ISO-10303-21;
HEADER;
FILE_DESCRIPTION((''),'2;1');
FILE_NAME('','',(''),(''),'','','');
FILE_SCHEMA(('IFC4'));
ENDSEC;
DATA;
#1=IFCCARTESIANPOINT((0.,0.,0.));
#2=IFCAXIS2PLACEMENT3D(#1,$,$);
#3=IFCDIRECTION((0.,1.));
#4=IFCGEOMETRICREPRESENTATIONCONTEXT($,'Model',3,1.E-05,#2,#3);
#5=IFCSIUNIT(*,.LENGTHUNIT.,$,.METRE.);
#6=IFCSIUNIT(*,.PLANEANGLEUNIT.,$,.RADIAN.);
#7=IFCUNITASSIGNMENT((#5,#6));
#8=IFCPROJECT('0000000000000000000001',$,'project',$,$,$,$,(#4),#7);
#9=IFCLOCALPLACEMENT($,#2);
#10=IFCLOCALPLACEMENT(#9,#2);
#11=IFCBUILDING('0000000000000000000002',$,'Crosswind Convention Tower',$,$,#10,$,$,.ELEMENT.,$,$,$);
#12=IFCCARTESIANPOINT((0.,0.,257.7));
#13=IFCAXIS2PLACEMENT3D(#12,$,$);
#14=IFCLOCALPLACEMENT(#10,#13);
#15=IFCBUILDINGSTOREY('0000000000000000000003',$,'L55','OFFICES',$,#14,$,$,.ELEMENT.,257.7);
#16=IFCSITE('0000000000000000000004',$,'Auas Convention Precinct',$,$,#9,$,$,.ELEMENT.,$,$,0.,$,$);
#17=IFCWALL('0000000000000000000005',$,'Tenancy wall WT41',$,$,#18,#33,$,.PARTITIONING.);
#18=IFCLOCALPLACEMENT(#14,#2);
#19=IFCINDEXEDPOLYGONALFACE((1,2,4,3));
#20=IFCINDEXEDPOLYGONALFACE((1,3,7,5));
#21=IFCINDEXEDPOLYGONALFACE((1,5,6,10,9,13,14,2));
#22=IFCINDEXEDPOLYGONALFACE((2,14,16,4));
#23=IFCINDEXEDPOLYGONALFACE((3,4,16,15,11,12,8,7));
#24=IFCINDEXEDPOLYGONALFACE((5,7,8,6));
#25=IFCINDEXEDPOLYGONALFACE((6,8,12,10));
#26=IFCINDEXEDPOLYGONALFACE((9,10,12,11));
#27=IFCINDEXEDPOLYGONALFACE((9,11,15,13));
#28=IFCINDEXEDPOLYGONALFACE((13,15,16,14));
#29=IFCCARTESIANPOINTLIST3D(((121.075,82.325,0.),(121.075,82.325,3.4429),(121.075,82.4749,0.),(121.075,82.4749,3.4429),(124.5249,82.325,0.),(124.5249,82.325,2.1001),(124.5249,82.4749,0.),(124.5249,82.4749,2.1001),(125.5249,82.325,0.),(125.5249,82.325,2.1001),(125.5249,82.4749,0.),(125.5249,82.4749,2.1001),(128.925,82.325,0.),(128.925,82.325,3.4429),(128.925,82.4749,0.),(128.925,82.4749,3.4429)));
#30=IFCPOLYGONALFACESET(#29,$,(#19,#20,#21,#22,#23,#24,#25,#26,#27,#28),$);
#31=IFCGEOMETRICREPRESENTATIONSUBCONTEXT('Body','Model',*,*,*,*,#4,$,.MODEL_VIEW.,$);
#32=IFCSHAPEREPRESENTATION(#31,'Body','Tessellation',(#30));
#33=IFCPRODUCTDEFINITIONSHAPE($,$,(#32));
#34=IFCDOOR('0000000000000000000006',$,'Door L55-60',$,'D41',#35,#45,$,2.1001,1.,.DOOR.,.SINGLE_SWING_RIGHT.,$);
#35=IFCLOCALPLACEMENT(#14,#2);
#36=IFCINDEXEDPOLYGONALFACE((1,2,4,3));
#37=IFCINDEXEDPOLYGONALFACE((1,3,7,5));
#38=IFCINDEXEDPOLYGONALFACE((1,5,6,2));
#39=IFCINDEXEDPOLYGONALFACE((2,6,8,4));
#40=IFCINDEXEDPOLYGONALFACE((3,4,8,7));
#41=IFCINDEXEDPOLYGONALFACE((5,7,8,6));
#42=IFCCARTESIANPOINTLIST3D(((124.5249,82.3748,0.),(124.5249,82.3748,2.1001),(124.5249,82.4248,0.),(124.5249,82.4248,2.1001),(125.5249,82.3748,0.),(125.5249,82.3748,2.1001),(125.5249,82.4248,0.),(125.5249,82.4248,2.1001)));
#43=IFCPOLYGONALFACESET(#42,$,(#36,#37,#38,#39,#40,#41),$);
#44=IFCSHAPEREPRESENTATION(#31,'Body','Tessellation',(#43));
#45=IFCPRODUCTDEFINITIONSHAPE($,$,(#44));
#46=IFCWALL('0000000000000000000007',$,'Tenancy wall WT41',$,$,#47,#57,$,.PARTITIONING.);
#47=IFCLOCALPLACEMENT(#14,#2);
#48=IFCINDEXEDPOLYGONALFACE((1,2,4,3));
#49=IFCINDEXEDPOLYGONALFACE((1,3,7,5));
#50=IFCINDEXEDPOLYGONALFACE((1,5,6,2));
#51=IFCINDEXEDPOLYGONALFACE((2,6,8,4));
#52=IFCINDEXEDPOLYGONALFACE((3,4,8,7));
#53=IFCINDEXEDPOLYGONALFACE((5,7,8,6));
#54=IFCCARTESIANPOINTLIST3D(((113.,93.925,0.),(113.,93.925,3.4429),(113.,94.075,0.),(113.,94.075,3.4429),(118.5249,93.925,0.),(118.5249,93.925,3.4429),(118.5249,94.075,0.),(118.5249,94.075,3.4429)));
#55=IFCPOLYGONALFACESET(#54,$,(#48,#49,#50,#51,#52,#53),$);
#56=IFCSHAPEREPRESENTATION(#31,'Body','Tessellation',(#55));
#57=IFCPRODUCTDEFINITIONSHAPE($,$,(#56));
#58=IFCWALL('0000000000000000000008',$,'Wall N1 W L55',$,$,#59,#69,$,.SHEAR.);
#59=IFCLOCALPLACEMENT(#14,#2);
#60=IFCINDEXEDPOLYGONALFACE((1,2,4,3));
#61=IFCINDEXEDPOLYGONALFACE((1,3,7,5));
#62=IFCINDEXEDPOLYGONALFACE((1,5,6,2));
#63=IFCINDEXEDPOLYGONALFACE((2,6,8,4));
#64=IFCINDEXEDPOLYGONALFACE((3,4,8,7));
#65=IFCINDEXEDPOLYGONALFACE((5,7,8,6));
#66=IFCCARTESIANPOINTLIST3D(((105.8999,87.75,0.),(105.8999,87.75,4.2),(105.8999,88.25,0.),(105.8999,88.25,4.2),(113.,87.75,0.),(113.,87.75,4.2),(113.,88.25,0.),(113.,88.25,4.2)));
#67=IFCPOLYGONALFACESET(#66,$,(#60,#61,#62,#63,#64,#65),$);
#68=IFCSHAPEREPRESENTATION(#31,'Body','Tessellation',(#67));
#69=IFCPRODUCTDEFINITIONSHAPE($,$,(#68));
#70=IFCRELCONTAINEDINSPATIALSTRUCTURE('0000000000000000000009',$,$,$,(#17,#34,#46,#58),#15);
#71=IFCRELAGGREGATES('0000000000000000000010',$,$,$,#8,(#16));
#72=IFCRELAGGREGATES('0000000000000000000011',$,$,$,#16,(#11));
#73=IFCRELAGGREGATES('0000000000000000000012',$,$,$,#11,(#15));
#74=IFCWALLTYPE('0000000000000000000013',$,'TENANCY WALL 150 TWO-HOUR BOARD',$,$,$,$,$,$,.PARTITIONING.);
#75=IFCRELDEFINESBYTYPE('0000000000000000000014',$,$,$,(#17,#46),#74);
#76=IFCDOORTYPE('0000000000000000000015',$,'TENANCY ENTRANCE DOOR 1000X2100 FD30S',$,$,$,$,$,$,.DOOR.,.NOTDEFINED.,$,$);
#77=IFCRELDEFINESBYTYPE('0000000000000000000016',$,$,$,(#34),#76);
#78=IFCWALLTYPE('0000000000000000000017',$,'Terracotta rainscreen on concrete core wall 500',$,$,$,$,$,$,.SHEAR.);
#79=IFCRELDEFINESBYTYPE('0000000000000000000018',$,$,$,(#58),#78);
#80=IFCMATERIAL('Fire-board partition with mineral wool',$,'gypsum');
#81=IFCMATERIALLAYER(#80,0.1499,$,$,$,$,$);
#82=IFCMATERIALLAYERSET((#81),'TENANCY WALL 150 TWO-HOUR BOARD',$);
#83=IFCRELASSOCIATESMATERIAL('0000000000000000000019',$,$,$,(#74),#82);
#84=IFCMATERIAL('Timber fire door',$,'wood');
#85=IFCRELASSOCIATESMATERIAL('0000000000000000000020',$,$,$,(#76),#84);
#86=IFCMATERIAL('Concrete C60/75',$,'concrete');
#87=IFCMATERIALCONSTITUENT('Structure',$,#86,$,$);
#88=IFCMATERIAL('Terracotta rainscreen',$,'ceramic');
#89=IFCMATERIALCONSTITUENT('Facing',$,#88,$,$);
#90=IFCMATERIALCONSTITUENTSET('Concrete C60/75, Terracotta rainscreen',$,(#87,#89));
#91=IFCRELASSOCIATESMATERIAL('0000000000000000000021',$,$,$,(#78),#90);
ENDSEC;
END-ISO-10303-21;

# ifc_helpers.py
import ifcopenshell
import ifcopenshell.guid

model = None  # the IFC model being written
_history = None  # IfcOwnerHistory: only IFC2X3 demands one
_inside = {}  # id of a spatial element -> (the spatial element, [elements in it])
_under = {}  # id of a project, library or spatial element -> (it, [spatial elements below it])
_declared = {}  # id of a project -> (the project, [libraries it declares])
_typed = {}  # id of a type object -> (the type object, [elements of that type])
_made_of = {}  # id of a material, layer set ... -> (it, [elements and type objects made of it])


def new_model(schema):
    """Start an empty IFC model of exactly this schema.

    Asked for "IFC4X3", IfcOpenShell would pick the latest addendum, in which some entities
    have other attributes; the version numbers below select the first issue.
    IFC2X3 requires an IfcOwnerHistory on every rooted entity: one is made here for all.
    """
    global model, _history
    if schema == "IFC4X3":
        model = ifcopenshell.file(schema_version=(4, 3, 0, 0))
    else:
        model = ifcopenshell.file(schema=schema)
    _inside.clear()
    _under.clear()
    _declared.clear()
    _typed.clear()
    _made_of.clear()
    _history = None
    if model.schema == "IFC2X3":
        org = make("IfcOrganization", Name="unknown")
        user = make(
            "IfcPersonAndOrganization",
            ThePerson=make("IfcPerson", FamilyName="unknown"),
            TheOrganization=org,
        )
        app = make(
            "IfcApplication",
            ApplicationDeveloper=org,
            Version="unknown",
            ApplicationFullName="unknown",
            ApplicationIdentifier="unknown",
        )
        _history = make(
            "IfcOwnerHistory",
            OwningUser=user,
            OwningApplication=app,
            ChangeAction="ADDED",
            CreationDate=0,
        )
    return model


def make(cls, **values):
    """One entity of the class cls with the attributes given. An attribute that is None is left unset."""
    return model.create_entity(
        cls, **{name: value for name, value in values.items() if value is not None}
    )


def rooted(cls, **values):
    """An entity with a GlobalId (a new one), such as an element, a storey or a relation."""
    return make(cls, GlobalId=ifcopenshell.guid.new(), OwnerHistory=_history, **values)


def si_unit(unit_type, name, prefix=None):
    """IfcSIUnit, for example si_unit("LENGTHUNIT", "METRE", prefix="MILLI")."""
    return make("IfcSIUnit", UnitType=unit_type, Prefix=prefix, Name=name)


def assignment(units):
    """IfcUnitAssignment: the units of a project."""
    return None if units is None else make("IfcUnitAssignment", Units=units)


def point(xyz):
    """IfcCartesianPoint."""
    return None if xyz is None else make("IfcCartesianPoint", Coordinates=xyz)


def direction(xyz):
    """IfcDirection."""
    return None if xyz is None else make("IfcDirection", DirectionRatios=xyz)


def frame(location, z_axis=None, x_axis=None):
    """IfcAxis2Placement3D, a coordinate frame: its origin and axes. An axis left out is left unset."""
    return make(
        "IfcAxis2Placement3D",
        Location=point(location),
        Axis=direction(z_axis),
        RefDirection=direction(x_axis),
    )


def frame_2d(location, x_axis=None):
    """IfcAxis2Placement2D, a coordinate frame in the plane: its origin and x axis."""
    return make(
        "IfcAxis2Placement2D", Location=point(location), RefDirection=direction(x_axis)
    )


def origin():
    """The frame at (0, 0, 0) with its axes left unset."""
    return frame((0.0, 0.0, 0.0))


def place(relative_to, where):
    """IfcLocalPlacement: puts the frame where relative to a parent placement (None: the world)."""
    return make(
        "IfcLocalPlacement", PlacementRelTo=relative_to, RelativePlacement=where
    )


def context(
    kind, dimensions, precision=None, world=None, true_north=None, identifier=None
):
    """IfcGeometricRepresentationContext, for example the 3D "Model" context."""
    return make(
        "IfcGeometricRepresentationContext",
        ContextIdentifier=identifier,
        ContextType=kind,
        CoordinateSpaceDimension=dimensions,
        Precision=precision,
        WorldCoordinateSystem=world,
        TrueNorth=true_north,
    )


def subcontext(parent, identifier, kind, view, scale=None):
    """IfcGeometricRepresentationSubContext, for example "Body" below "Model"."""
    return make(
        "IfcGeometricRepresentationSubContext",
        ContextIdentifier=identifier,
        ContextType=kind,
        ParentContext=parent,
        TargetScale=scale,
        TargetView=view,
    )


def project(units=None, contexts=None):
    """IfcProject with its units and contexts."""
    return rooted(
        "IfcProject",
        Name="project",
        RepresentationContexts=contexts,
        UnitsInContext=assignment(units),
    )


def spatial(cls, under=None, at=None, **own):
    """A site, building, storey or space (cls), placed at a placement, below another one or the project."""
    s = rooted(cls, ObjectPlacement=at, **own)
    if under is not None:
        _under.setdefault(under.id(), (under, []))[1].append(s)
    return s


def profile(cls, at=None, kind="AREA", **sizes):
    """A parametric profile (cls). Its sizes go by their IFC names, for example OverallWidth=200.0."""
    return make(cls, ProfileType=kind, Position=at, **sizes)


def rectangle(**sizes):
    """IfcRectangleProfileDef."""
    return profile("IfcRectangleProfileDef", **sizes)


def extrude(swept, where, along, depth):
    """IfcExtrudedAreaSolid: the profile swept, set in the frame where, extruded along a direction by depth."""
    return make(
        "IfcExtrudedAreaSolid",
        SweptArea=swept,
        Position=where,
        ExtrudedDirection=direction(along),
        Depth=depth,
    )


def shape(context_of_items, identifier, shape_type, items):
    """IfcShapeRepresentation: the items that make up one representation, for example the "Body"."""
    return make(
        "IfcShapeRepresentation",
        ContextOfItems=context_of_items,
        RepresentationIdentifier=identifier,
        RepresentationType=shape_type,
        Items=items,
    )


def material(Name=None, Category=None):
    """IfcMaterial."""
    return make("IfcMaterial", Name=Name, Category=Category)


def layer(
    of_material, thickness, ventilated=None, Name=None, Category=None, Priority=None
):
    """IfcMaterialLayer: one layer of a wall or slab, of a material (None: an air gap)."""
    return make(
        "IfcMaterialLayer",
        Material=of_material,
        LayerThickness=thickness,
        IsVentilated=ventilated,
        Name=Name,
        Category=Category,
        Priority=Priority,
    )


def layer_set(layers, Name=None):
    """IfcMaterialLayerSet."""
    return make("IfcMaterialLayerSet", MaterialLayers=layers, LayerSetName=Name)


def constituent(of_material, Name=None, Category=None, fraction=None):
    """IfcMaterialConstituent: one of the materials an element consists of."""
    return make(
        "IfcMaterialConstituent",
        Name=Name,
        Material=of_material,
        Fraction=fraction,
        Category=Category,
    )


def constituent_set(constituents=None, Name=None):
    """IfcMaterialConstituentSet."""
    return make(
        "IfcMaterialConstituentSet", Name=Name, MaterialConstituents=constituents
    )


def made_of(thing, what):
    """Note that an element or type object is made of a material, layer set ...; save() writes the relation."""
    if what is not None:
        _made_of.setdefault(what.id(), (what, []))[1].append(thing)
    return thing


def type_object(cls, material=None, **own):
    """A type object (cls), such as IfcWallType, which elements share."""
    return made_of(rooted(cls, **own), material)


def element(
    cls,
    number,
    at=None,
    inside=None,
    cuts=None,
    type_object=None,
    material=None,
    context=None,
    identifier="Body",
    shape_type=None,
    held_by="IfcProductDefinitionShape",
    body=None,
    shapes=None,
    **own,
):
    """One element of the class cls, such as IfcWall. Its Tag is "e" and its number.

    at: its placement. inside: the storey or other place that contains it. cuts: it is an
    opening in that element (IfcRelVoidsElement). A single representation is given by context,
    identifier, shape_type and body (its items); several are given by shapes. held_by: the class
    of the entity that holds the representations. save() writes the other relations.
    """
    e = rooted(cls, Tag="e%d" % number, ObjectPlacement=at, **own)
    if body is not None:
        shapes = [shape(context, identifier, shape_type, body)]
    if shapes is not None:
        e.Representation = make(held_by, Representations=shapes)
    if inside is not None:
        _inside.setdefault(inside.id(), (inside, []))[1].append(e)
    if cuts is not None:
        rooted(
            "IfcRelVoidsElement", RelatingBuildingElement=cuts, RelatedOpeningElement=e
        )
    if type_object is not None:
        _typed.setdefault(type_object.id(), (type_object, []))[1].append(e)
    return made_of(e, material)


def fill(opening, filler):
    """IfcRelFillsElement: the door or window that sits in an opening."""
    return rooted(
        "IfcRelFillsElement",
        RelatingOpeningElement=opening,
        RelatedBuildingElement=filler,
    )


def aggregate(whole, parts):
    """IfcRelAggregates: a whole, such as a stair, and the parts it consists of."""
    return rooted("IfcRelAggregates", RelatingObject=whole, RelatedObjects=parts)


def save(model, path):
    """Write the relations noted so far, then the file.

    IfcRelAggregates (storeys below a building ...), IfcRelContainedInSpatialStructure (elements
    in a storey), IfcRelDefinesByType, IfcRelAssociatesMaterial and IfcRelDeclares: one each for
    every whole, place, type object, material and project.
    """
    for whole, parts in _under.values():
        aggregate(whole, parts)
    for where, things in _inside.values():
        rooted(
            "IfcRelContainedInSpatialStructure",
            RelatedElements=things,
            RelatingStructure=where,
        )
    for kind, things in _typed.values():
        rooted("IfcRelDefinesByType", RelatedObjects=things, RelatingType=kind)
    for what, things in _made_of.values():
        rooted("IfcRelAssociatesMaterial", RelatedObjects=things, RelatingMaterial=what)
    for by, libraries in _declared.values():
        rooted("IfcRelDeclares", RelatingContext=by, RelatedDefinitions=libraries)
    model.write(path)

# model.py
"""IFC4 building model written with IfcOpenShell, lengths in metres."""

from ifc_helpers import new_model, si_unit, direction, frame, frame_2d, origin, place, context, subcontext, project, spatial, rectangle, extrude, material, layer, layer_set, constituent, constituent_set, type_object, element, fill, save


model = new_model("IFC4")

# Units and contexts
model_context = context("Model", 3, precision=1e-05, world=origin(), true_north=direction((0.0, 1.0)))
body_context = subcontext(model_context, "Body", "Model", "MODEL_VIEW")
ifc_project = project(units=[si_unit("LENGTHUNIT", "METRE"), si_unit("PLANEANGLEUNIT", "RADIAN")], contexts=[model_context])

# Site, building, storey
site_placement = place(None, origin())
site = spatial("IfcSite", under=ifc_project, at=site_placement, Name="Auas Convention Precinct", CompositionType="ELEMENT", RefElevation=0.0)
building_placement = place(site_placement, origin())
building = spatial("IfcBuilding", under=site, at=building_placement, Name="Crosswind Convention Tower", CompositionType="ELEMENT")
storey_placement = place(building_placement, frame((0.0, 0.0, 257.7)))
storey = spatial("IfcBuildingStorey", under=building, at=storey_placement, Name="L55", Description="OFFICES", CompositionType="ELEMENT", Elevation=257.7)

# Shared definitions
ifc_material_1 = material(Name="Concrete C60/75", Category="concrete")

# Shared definitions
ifc_material_2 = material(Name="Fire-board partition with mineral wool", Category="gypsum")
ifc_layer_1 = layer(ifc_material_2, 0.1499)
ifc_layer_set_1 = layer_set([ifc_layer_1], Name="TENANCY WALL 150 TWO-HOUR BOARD")
wall_type_1 = type_object("IfcWallType", Name="TENANCY WALL 150 TWO-HOUR BOARD", PredefinedType="PARTITIONING", material=ifc_layer_set_1)
ifc_material_3 = material(Name="Timber fire door", Category="wood")
door_type = type_object("IfcDoorType", Name="TENANCY ENTRANCE DOOR 1000X2100 FD30S", OperationType="NOTDEFINED", PredefinedType="DOOR", material=ifc_material_3)

# Wall, opening, door
wall_1_placement = place(storey_placement, frame((121.075, 82.3999, 0.0), z_axis=(0.0, 0.0, 1.0), x_axis=(1.0, 0.0, 0.0)))
wall_1 = element("IfcWall", 1, at=wall_1_placement, inside=storey, type_object=wall_type_1, Name="Tenancy wall WT41", PredefinedType="PARTITIONING", context=body_context, shape_type="SweptSolid", body=[
    extrude(rectangle(XDim=7.8501, YDim=0.1499, at=frame_2d((3.925, 0.0))), origin(), (0.0, 0.0, 1.0), 3.4429),
])
opening_1_placement = place(wall_1_placement, frame((3.45, 0.0, 0.0)))
opening_1 = element("IfcOpeningElement", 2, at=opening_1_placement, cuts=wall_1, PredefinedType="OPENING", context=body_context, shape_type="SweptSolid", body=[
    extrude(rectangle(XDim=1.0, YDim=2.1001, at=frame_2d((0.5, 1.05))), frame((0.0, 0.085, 0.0), z_axis=(0.0, -1.0, 0.0), x_axis=(1.0, 0.0, 0.0)), (0.0, 0.0, 1.0), 0.1699),
])
door_1_placement = place(opening_1_placement, origin())
door_1 = element("IfcDoor", 3, at=door_1_placement, inside=storey, type_object=door_type, Name="Door L55-60", ObjectType="D41", OperationType="SINGLE_SWING_RIGHT", OverallHeight=2.1001, OverallWidth=1.0, PredefinedType="DOOR", context=body_context, shape_type="SweptSolid", body=[
    extrude(rectangle(XDim=1.0, YDim=2.1001, at=frame_2d((0.5, 1.05))), frame((0.0, 0.0249, 0.0), z_axis=(0.0, -1.0, 0.0), x_axis=(1.0, 0.0, 0.0)), (0.0, 0.0, 1.0), 0.05),
])
fill(opening_1, door_1)

# Walls
wall_2_placement = place(storey_placement, frame((113.0, 94.0, 0.0), z_axis=(0.0, 0.0, 1.0), x_axis=(1.0, 0.0, 0.0)))
element("IfcWall", 4, at=wall_2_placement, inside=storey, type_object=wall_type_1, Name="Tenancy wall WT41", PredefinedType="PARTITIONING", context=body_context, shape_type="SweptSolid", body=[
    extrude(rectangle(XDim=5.5249, YDim=0.1499, at=frame_2d((2.7625, 0.0))), origin(), (0.0, 0.0, 1.0), 3.4429),
])
ifc_constituent_1 = constituent(ifc_material_1, Name="Structure")
ifc_material_4 = material(Name="Terracotta rainscreen", Category="ceramic")
ifc_constituent_2 = constituent(ifc_material_4, Name="Facing")
ifc_constituent_set = constituent_set(constituents=[ifc_constituent_1, ifc_constituent_2], Name="Concrete C60/75, Terracotta rainscreen")
wall_type_2 = type_object("IfcWallType", Name="Terracotta rainscreen on concrete core wall 500", PredefinedType="SHEAR", material=ifc_constituent_set)
wall_3_placement = place(storey_placement, frame((113.0, 88.0, 0.0), z_axis=(0.0, 0.0, 1.0), x_axis=(-1.0, 0.0, 0.0)))
element("IfcWall", 5, at=wall_3_placement, inside=storey, type_object=wall_type_2, Name="Wall N1 W L55", PredefinedType="SHEAR", context=body_context, shape_type="SweptSolid", body=[
    extrude(rectangle(XDim=7.1001, YDim=0.5, at=frame_2d((3.55, 0.0))), origin(), (0.0, 0.0, 1.0), 4.2),
])

save(model, "model.ifc")
